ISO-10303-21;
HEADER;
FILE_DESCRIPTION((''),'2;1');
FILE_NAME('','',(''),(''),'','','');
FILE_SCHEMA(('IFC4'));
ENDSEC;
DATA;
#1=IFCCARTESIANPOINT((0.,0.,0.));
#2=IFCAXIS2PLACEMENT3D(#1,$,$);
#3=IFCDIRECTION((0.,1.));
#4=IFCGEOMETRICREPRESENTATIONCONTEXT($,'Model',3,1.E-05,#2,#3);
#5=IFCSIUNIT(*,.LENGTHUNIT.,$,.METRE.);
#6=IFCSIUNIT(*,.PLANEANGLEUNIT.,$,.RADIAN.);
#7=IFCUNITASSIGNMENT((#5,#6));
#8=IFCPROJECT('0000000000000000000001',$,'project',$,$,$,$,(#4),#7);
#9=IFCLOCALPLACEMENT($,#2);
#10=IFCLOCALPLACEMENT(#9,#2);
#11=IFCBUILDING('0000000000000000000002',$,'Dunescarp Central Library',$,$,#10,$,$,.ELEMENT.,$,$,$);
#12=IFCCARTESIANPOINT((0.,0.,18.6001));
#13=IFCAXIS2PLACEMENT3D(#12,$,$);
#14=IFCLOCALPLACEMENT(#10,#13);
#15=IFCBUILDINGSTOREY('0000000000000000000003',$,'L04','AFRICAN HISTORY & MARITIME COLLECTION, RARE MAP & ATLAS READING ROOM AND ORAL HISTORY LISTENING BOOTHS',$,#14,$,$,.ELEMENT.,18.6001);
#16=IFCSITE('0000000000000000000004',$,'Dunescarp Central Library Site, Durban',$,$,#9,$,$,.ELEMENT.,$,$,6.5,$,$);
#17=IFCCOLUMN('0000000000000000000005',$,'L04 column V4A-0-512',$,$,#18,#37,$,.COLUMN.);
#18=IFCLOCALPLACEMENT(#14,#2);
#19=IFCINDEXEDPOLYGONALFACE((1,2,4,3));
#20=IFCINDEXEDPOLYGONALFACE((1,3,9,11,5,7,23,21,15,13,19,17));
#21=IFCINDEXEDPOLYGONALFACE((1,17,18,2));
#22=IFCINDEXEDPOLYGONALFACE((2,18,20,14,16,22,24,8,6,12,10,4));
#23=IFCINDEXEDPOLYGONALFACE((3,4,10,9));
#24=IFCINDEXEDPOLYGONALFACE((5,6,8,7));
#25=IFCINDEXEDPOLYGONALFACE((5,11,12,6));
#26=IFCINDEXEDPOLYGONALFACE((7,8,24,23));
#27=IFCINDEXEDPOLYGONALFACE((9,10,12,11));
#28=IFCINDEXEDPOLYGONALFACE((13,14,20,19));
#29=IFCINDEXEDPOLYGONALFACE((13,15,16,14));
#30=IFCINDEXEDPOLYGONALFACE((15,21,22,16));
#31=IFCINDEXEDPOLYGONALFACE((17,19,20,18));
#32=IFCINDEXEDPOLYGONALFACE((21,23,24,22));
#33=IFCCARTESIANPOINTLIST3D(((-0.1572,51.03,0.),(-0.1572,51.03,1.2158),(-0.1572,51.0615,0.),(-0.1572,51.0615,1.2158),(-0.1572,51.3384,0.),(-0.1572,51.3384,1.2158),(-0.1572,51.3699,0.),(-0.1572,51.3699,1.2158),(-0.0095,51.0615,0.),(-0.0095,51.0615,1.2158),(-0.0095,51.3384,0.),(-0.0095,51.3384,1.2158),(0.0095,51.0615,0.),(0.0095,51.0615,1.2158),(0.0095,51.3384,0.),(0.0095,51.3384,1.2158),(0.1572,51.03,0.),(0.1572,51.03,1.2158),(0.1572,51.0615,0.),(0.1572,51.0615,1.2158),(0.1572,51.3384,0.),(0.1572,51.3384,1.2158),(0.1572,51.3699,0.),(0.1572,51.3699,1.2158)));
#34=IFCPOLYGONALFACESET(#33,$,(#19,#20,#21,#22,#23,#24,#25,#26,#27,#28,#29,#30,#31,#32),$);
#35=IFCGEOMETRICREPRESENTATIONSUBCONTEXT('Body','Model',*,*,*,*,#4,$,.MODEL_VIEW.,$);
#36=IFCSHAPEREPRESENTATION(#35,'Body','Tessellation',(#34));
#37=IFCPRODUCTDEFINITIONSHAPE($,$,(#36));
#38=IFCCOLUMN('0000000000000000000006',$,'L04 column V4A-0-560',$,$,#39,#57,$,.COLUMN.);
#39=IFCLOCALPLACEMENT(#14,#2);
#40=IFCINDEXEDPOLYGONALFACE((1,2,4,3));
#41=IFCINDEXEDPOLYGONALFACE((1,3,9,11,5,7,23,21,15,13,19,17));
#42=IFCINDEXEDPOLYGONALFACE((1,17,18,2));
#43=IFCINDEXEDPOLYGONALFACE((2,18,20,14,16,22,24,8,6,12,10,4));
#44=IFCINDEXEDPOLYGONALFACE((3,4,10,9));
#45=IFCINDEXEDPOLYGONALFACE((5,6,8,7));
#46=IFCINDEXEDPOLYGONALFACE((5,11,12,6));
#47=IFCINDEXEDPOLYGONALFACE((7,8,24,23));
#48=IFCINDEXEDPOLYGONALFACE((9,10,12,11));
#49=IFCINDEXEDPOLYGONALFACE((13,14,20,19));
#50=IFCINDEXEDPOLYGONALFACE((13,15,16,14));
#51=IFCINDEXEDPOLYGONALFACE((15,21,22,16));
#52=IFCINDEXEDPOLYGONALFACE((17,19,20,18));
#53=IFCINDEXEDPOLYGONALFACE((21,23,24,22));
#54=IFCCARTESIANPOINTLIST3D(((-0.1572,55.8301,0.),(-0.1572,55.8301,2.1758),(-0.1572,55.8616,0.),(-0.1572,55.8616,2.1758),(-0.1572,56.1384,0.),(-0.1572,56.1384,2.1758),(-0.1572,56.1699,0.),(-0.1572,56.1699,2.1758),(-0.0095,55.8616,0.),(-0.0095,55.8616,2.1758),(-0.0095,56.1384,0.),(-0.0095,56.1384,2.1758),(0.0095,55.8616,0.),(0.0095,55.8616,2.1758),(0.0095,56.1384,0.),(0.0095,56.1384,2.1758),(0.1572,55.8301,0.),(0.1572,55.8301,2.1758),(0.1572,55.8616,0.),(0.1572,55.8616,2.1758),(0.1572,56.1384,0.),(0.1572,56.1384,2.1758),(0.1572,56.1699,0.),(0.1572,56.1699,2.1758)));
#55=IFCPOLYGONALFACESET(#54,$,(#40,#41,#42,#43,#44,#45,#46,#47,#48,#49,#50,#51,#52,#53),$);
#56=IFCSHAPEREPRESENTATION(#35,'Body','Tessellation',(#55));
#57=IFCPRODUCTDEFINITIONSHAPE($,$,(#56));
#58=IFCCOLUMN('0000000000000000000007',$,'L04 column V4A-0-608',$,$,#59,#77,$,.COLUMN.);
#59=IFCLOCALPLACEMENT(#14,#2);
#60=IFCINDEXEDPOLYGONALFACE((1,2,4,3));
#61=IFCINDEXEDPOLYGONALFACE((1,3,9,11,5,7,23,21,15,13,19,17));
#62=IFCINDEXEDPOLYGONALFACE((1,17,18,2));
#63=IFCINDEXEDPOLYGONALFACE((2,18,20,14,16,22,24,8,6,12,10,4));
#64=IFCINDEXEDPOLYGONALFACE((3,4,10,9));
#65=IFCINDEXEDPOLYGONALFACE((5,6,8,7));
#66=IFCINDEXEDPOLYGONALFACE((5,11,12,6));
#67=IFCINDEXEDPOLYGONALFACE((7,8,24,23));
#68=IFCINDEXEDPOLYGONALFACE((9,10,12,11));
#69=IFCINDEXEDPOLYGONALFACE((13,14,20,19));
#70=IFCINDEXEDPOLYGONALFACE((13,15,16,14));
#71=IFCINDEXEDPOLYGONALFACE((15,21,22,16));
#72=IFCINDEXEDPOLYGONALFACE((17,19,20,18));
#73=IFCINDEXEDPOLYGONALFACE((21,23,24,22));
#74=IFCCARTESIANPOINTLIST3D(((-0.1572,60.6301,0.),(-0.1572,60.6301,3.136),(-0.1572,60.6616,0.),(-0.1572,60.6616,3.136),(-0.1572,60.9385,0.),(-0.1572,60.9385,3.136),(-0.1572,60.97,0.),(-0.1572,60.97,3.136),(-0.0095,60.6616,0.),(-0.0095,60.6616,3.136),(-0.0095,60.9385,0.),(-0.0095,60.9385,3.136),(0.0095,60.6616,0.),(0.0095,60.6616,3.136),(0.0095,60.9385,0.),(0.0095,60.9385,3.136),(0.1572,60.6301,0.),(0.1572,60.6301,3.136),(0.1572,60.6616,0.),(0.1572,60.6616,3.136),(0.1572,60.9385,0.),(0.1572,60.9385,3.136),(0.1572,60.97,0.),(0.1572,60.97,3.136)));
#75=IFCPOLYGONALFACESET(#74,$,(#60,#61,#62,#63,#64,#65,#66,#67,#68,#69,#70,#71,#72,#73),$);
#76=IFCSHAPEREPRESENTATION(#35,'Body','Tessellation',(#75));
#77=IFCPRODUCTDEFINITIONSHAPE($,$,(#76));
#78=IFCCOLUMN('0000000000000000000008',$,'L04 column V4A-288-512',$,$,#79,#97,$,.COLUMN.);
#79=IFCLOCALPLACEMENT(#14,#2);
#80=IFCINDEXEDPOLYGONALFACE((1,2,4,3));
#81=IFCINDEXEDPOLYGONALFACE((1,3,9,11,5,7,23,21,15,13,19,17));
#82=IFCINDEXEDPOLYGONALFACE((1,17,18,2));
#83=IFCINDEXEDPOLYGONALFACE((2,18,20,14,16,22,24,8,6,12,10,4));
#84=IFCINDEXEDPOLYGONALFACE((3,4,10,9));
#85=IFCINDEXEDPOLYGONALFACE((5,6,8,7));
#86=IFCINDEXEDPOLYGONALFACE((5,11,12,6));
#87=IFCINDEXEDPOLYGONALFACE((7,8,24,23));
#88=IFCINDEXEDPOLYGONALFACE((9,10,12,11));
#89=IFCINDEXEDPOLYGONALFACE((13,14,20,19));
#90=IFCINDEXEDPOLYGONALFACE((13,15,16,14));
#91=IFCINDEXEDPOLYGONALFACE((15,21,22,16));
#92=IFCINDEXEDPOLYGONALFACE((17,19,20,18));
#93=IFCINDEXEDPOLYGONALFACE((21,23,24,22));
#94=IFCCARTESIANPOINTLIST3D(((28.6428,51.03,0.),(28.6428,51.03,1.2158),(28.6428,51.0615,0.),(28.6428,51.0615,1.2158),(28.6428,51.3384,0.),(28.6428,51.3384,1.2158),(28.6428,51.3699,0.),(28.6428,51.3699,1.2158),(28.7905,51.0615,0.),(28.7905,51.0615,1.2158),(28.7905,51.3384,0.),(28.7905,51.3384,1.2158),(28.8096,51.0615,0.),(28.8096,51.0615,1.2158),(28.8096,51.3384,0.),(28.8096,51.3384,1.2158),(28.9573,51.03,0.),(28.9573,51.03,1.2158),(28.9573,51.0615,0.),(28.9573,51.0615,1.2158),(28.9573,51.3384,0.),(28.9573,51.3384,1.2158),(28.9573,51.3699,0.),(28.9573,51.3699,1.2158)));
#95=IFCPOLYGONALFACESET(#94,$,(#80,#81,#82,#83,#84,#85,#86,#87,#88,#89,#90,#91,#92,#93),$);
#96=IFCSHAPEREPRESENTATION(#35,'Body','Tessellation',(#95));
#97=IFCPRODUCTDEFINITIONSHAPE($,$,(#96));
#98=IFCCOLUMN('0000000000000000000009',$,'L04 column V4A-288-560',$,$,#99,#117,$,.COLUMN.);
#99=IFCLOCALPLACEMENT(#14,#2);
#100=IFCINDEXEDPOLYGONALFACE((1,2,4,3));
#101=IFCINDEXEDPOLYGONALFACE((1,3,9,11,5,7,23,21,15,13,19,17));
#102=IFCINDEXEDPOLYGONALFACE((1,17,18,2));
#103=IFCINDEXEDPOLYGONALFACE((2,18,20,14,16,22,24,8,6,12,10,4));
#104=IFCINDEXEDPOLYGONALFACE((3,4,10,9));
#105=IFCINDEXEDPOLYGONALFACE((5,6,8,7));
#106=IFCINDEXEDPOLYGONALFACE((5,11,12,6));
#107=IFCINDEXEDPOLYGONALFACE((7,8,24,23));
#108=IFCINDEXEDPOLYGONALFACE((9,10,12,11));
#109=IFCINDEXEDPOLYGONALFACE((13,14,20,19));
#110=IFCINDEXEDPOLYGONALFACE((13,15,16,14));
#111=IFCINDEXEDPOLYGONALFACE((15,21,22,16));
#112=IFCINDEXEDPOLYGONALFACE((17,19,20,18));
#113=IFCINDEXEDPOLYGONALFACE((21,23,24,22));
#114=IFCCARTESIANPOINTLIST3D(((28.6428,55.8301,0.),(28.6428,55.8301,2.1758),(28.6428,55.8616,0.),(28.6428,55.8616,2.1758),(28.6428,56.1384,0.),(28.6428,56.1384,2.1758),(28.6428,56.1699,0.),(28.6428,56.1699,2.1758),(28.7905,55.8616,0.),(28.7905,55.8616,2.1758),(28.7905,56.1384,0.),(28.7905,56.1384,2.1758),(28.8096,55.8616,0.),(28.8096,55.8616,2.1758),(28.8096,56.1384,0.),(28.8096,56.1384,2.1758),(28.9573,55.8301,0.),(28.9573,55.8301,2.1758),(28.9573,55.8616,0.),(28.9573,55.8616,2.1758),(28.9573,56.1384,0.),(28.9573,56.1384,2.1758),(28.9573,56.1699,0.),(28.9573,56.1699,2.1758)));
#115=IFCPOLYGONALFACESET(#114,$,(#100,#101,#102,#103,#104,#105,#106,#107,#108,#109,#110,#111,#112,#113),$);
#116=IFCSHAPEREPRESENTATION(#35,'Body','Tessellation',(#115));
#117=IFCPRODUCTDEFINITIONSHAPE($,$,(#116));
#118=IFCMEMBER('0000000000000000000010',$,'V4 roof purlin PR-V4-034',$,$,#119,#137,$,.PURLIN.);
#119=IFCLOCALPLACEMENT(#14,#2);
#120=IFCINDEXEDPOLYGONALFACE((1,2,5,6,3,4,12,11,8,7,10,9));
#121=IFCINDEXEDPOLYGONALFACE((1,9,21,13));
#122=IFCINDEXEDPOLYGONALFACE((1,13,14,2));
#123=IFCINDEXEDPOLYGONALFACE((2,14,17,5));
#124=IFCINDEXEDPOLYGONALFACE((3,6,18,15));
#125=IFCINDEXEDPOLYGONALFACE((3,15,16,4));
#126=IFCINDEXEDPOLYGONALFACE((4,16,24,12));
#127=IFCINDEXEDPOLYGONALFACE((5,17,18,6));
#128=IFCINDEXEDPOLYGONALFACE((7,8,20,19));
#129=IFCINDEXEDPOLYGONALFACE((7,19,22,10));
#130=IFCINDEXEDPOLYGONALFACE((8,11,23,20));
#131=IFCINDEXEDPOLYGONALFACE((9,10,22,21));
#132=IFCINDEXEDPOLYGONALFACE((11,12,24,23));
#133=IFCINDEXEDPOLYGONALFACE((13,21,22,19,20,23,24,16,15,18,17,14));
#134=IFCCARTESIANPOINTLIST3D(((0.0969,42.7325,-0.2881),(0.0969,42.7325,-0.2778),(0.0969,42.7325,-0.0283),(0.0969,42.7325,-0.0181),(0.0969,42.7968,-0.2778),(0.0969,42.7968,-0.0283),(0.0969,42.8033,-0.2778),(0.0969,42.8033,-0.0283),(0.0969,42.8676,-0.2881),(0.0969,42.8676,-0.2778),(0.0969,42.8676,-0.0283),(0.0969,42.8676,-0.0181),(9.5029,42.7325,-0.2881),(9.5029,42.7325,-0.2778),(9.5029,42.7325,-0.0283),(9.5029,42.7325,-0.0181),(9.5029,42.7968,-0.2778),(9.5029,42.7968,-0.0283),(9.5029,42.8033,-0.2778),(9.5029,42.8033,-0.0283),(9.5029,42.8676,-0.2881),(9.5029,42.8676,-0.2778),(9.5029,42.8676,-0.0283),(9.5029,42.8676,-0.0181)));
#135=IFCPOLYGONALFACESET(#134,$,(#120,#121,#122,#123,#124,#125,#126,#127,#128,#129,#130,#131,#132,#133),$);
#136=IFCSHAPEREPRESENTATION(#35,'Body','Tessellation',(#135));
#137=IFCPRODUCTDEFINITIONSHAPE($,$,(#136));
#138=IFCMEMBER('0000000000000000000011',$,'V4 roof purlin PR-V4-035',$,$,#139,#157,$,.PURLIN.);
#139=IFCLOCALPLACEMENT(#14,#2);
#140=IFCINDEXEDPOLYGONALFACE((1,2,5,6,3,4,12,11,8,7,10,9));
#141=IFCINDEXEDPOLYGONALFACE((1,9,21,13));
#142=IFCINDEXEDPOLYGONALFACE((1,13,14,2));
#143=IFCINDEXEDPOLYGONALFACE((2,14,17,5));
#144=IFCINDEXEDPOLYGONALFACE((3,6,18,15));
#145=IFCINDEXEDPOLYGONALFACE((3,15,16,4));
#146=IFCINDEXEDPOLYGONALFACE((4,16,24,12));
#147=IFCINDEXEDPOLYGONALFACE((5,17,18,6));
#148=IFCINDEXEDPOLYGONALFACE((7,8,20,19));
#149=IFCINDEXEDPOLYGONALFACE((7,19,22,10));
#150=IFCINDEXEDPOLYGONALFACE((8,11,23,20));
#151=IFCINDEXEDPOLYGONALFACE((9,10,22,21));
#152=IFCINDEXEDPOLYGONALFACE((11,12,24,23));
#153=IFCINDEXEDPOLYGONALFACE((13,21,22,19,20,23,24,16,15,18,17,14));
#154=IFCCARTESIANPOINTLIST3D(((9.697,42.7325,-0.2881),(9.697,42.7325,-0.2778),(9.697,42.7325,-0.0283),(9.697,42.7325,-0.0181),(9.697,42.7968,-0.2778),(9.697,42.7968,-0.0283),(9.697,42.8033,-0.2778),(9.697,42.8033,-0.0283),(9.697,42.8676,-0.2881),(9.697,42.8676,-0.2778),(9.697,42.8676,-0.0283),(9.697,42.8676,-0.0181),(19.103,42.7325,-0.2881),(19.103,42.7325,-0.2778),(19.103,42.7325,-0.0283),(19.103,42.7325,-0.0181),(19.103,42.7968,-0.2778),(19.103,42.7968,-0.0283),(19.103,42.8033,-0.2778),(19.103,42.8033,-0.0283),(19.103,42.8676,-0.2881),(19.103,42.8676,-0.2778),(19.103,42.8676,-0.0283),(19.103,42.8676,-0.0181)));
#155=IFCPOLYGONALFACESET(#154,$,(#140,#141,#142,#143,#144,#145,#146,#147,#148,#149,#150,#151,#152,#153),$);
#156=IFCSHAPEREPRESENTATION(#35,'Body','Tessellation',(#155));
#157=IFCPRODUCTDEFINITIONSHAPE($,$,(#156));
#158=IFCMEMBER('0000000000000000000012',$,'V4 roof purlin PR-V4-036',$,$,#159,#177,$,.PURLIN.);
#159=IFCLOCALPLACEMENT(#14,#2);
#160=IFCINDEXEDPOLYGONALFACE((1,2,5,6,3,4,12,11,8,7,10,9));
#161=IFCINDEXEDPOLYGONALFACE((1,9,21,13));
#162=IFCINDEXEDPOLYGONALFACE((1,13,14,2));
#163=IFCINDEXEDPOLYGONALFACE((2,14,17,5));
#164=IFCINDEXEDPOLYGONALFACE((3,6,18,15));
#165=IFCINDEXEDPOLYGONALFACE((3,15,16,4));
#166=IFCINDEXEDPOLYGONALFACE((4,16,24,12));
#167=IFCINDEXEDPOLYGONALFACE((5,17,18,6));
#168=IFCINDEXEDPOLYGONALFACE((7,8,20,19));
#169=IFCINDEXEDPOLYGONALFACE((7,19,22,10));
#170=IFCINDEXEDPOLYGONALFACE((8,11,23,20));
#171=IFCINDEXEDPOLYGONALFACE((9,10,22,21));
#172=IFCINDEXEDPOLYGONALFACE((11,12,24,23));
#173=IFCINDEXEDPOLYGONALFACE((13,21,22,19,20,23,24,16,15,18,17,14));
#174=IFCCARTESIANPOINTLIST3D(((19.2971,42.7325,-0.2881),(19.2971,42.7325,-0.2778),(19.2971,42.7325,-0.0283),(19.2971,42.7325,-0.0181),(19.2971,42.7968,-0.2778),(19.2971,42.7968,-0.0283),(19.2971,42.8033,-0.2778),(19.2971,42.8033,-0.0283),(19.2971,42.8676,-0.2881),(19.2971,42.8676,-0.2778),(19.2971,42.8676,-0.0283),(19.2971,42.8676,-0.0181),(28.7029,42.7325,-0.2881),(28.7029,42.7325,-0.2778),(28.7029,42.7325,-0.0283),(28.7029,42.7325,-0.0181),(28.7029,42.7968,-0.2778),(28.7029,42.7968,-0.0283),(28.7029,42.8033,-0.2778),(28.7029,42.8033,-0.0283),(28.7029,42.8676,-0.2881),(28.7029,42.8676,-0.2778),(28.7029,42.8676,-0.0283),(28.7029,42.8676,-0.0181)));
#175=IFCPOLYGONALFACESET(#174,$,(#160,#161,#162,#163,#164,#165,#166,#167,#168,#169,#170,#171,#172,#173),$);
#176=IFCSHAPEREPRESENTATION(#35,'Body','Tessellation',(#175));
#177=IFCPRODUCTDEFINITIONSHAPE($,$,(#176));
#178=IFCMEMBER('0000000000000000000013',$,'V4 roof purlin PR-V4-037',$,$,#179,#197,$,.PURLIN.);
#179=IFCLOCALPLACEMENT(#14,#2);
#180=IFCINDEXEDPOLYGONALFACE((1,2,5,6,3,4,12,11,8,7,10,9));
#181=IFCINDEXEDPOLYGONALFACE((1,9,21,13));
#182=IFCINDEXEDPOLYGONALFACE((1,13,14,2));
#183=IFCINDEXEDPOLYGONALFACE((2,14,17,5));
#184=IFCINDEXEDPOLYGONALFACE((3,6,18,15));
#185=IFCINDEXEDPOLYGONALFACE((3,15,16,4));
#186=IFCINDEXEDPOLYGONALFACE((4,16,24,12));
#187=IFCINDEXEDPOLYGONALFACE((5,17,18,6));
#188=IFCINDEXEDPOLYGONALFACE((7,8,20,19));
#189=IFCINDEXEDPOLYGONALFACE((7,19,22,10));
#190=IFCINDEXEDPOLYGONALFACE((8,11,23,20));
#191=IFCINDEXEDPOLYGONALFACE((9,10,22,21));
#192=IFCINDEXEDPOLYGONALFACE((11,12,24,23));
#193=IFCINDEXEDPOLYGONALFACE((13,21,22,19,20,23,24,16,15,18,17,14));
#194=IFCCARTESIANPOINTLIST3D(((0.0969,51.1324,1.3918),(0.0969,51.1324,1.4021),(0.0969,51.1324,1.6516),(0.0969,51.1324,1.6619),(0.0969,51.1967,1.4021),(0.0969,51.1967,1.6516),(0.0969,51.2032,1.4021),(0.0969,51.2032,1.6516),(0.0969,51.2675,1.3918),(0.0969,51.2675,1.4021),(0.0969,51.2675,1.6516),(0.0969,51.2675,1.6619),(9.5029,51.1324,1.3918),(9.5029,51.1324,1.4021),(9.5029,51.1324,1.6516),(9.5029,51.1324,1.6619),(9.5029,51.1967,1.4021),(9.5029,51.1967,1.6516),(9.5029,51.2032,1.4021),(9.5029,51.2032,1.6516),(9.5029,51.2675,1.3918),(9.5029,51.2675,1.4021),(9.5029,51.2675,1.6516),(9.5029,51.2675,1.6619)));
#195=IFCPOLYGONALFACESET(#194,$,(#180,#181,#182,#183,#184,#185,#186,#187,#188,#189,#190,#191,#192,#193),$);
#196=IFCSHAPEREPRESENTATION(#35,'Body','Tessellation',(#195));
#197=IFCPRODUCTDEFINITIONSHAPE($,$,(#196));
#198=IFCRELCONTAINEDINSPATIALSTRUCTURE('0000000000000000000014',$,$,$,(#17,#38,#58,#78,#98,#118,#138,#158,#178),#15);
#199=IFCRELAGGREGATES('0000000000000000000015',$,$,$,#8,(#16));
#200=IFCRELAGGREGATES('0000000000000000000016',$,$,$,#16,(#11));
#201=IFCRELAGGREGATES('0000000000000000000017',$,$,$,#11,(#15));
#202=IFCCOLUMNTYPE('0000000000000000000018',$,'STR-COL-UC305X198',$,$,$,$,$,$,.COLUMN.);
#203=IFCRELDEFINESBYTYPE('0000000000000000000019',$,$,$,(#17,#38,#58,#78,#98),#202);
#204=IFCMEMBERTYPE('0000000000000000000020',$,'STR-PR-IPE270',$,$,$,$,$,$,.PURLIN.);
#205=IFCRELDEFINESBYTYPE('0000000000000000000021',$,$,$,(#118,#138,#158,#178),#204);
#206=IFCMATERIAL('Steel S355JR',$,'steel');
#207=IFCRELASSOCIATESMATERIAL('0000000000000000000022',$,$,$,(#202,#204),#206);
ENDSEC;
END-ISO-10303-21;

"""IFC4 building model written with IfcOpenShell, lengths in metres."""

from ifc_helpers import new_model, si_unit, direction, frame, origin, origin_2d, place, context, subcontext, project, spatial, i_section, extrude, material, material_profile, profile_set, type_object, element, save


model = new_model("IFC4")

# Units and contexts
model_context = context("Model", 3, precision=1e-05, world=origin(), true_north=direction((0.0, 1.0)))
body_context = subcontext(model_context, "Body", "Model", "MODEL_VIEW")
ifc_project = project(units=[si_unit("LENGTHUNIT", "METRE"), si_unit("PLANEANGLEUNIT", "RADIAN")], contexts=[model_context])

# Site, building, storey
site_placement = place(None, origin())
site = spatial("IfcSite", under=ifc_project, at=site_placement, Name="Dunescarp Central Library Site, Durban", CompositionType="ELEMENT", RefElevation=6.5)
building_placement = place(site_placement, origin())
building = spatial("IfcBuilding", under=site, at=building_placement, Name="Dunescarp Central Library", CompositionType="ELEMENT")
storey_placement = place(building_placement, frame((0.0, 0.0, 18.6001)))
storey = spatial("IfcBuildingStorey", under=building, at=storey_placement, Name="L04", Description="AFRICAN HISTORY & MARITIME COLLECTION, RARE MAP & ATLAS READING ROOM AND ORAL HISTORY LISTENING BOOTHS", CompositionType="ELEMENT", Elevation=18.6001)

# Columns
ifc_material_1 = material(Name="Steel S355JR", Category="steel")
ifc_material_profile_1 = material_profile(ifc_material_1, i_section(OverallWidth=0.3145, OverallDepth=0.3398, WebThickness=0.019, FlangeThickness=0.0315, at=origin_2d()), Name="UC 305x305x198")
ifc_profile_set_1 = profile_set([ifc_material_profile_1], Name="Steel S355JR")
column_type = type_object("IfcColumnType", Name="STR-COL-UC305X198", PredefinedType="COLUMN", material=ifc_profile_set_1)
column_1_placement = place(storey_placement, frame((0.0, 51.2, 0.0), z_axis=(0.0, 0.0, 1.0), x_axis=(1.0, 0.0, 0.0)))
element("IfcColumn", 1, at=column_1_placement, inside=storey, type_object=column_type, Name="L04 column V4A-0-512", PredefinedType="COLUMN", context=body_context, shape_type="SweptSolid", body=[
    extrude(i_section(OverallWidth=0.3145, OverallDepth=0.3398, WebThickness=0.019, FlangeThickness=0.0315, at=origin_2d()), origin(), (0.0, 0.0, 1.0), 1.2158),
])
column_2_placement = place(storey_placement, frame((0.0, 56.0, 0.0), z_axis=(0.0, 0.0, 1.0), x_axis=(1.0, 0.0, 0.0)))
element("IfcColumn", 2, at=column_2_placement, inside=storey, type_object=column_type, Name="L04 column V4A-0-560", PredefinedType="COLUMN", context=body_context, shape_type="SweptSolid", body=[
    extrude(i_section(OverallWidth=0.3145, OverallDepth=0.3398, WebThickness=0.019, FlangeThickness=0.0315, at=origin_2d()), origin(), (0.0, 0.0, 1.0), 2.1758),
])
column_3_placement = place(storey_placement, frame((0.0, 60.8, 0.0), z_axis=(0.0, 0.0, 1.0), x_axis=(1.0, 0.0, 0.0)))
element("IfcColumn", 3, at=column_3_placement, inside=storey, type_object=column_type, Name="L04 column V4A-0-608", PredefinedType="COLUMN", context=body_context, shape_type="SweptSolid", body=[
    extrude(i_section(OverallWidth=0.3145, OverallDepth=0.3398, WebThickness=0.019, FlangeThickness=0.0315, at=origin_2d()), origin(), (0.0, 0.0, 1.0), 3.136),
])
column_4_placement = place(storey_placement, frame((28.8, 51.2, 0.0), z_axis=(0.0, 0.0, 1.0), x_axis=(1.0, 0.0, 0.0)))
element("IfcColumn", 4, at=column_4_placement, inside=storey, type_object=column_type, Name="L04 column V4A-288-512", PredefinedType="COLUMN", context=body_context, shape_type="SweptSolid", body=[
    extrude(i_section(OverallWidth=0.3145, OverallDepth=0.3398, WebThickness=0.019, FlangeThickness=0.0315, at=origin_2d()), origin(), (0.0, 0.0, 1.0), 1.2158),
])
column_5_placement = place(storey_placement, frame((28.8, 56.0, 0.0), z_axis=(0.0, 0.0, 1.0), x_axis=(1.0, 0.0, 0.0)))
element("IfcColumn", 5, at=column_5_placement, inside=storey, type_object=column_type, Name="L04 column V4A-288-560", PredefinedType="COLUMN", context=body_context, shape_type="SweptSolid", body=[
    extrude(i_section(OverallWidth=0.3145, OverallDepth=0.3398, WebThickness=0.019, FlangeThickness=0.0315, at=origin_2d()), origin(), (0.0, 0.0, 1.0), 2.1758),
])

# Members
ifc_material_profile_2 = material_profile(ifc_material_1, i_section(OverallWidth=0.135, OverallDepth=0.27, WebThickness=0.0066, FlangeThickness=0.0103, at=origin_2d()), Name="IPE 270")
ifc_profile_set_2 = profile_set([ifc_material_profile_2], Name="Steel S355JR")
member_type_1 = type_object("IfcMemberType", Name="STR-PR-IPE270", PredefinedType="PURLIN", material=ifc_profile_set_2)
for number, where, z_axis, x_axis, name in (
    (6, (0.0969, 42.8, -0.1531), (1.0, 0.0, 0.0), (0.0, 1.0, 0.0), "V4 roof purlin PR-V4-034"),
    (7, (9.697, 42.8, -0.1531), (1.0, 0.0, 0.0), (0.0, 1.0, 0.0), "V4 roof purlin PR-V4-035"),
):
    element("IfcMember", number, at=place(storey_placement, frame(where, z_axis=z_axis, x_axis=x_axis)), inside=storey, type_object=member_type_1, Name=name, PredefinedType="PURLIN", context=body_context, shape_type="SweptSolid", body=[
        extrude(i_section(OverallWidth=0.135, OverallDepth=0.27, WebThickness=0.0066, FlangeThickness=0.0103, at=origin_2d()), origin(), (0.0, 0.0, 1.0), 9.406),
    ])
member_1_placement = place(storey_placement, frame((19.2971, 42.8, -0.1531), z_axis=(1.0, 0.0, 0.0), x_axis=(0.0, 1.0, 0.0)))
element("IfcMember", 8, at=member_1_placement, inside=storey, type_object=member_type_1, Name="V4 roof purlin PR-V4-036", PredefinedType="PURLIN", context=body_context, shape_type="SweptSolid", body=[
    extrude(i_section(OverallWidth=0.135, OverallDepth=0.27, WebThickness=0.0066, FlangeThickness=0.0103, at=origin_2d()), origin(), (0.0, 0.0, 1.0), 9.4058),
])
for number, where, z_axis, x_axis, name in (
    (9, (0.0969, 51.2, 1.5269), (1.0, 0.0, 0.0), (0.0, 1.0, 0.0), "V4 roof purlin PR-V4-037"),
):
    element("IfcMember", number, at=place(storey_placement, frame(where, z_axis=z_axis, x_axis=x_axis)), inside=storey, type_object=member_type_1, Name=name, PredefinedType="PURLIN", context=body_context, shape_type="SweptSolid", body=[
        extrude(i_section(OverallWidth=0.135, OverallDepth=0.27, WebThickness=0.0066, FlangeThickness=0.0103, at=origin_2d()), origin(), (0.0, 0.0, 1.0), 9.406),
    ])

save(model, "model.ifc")
